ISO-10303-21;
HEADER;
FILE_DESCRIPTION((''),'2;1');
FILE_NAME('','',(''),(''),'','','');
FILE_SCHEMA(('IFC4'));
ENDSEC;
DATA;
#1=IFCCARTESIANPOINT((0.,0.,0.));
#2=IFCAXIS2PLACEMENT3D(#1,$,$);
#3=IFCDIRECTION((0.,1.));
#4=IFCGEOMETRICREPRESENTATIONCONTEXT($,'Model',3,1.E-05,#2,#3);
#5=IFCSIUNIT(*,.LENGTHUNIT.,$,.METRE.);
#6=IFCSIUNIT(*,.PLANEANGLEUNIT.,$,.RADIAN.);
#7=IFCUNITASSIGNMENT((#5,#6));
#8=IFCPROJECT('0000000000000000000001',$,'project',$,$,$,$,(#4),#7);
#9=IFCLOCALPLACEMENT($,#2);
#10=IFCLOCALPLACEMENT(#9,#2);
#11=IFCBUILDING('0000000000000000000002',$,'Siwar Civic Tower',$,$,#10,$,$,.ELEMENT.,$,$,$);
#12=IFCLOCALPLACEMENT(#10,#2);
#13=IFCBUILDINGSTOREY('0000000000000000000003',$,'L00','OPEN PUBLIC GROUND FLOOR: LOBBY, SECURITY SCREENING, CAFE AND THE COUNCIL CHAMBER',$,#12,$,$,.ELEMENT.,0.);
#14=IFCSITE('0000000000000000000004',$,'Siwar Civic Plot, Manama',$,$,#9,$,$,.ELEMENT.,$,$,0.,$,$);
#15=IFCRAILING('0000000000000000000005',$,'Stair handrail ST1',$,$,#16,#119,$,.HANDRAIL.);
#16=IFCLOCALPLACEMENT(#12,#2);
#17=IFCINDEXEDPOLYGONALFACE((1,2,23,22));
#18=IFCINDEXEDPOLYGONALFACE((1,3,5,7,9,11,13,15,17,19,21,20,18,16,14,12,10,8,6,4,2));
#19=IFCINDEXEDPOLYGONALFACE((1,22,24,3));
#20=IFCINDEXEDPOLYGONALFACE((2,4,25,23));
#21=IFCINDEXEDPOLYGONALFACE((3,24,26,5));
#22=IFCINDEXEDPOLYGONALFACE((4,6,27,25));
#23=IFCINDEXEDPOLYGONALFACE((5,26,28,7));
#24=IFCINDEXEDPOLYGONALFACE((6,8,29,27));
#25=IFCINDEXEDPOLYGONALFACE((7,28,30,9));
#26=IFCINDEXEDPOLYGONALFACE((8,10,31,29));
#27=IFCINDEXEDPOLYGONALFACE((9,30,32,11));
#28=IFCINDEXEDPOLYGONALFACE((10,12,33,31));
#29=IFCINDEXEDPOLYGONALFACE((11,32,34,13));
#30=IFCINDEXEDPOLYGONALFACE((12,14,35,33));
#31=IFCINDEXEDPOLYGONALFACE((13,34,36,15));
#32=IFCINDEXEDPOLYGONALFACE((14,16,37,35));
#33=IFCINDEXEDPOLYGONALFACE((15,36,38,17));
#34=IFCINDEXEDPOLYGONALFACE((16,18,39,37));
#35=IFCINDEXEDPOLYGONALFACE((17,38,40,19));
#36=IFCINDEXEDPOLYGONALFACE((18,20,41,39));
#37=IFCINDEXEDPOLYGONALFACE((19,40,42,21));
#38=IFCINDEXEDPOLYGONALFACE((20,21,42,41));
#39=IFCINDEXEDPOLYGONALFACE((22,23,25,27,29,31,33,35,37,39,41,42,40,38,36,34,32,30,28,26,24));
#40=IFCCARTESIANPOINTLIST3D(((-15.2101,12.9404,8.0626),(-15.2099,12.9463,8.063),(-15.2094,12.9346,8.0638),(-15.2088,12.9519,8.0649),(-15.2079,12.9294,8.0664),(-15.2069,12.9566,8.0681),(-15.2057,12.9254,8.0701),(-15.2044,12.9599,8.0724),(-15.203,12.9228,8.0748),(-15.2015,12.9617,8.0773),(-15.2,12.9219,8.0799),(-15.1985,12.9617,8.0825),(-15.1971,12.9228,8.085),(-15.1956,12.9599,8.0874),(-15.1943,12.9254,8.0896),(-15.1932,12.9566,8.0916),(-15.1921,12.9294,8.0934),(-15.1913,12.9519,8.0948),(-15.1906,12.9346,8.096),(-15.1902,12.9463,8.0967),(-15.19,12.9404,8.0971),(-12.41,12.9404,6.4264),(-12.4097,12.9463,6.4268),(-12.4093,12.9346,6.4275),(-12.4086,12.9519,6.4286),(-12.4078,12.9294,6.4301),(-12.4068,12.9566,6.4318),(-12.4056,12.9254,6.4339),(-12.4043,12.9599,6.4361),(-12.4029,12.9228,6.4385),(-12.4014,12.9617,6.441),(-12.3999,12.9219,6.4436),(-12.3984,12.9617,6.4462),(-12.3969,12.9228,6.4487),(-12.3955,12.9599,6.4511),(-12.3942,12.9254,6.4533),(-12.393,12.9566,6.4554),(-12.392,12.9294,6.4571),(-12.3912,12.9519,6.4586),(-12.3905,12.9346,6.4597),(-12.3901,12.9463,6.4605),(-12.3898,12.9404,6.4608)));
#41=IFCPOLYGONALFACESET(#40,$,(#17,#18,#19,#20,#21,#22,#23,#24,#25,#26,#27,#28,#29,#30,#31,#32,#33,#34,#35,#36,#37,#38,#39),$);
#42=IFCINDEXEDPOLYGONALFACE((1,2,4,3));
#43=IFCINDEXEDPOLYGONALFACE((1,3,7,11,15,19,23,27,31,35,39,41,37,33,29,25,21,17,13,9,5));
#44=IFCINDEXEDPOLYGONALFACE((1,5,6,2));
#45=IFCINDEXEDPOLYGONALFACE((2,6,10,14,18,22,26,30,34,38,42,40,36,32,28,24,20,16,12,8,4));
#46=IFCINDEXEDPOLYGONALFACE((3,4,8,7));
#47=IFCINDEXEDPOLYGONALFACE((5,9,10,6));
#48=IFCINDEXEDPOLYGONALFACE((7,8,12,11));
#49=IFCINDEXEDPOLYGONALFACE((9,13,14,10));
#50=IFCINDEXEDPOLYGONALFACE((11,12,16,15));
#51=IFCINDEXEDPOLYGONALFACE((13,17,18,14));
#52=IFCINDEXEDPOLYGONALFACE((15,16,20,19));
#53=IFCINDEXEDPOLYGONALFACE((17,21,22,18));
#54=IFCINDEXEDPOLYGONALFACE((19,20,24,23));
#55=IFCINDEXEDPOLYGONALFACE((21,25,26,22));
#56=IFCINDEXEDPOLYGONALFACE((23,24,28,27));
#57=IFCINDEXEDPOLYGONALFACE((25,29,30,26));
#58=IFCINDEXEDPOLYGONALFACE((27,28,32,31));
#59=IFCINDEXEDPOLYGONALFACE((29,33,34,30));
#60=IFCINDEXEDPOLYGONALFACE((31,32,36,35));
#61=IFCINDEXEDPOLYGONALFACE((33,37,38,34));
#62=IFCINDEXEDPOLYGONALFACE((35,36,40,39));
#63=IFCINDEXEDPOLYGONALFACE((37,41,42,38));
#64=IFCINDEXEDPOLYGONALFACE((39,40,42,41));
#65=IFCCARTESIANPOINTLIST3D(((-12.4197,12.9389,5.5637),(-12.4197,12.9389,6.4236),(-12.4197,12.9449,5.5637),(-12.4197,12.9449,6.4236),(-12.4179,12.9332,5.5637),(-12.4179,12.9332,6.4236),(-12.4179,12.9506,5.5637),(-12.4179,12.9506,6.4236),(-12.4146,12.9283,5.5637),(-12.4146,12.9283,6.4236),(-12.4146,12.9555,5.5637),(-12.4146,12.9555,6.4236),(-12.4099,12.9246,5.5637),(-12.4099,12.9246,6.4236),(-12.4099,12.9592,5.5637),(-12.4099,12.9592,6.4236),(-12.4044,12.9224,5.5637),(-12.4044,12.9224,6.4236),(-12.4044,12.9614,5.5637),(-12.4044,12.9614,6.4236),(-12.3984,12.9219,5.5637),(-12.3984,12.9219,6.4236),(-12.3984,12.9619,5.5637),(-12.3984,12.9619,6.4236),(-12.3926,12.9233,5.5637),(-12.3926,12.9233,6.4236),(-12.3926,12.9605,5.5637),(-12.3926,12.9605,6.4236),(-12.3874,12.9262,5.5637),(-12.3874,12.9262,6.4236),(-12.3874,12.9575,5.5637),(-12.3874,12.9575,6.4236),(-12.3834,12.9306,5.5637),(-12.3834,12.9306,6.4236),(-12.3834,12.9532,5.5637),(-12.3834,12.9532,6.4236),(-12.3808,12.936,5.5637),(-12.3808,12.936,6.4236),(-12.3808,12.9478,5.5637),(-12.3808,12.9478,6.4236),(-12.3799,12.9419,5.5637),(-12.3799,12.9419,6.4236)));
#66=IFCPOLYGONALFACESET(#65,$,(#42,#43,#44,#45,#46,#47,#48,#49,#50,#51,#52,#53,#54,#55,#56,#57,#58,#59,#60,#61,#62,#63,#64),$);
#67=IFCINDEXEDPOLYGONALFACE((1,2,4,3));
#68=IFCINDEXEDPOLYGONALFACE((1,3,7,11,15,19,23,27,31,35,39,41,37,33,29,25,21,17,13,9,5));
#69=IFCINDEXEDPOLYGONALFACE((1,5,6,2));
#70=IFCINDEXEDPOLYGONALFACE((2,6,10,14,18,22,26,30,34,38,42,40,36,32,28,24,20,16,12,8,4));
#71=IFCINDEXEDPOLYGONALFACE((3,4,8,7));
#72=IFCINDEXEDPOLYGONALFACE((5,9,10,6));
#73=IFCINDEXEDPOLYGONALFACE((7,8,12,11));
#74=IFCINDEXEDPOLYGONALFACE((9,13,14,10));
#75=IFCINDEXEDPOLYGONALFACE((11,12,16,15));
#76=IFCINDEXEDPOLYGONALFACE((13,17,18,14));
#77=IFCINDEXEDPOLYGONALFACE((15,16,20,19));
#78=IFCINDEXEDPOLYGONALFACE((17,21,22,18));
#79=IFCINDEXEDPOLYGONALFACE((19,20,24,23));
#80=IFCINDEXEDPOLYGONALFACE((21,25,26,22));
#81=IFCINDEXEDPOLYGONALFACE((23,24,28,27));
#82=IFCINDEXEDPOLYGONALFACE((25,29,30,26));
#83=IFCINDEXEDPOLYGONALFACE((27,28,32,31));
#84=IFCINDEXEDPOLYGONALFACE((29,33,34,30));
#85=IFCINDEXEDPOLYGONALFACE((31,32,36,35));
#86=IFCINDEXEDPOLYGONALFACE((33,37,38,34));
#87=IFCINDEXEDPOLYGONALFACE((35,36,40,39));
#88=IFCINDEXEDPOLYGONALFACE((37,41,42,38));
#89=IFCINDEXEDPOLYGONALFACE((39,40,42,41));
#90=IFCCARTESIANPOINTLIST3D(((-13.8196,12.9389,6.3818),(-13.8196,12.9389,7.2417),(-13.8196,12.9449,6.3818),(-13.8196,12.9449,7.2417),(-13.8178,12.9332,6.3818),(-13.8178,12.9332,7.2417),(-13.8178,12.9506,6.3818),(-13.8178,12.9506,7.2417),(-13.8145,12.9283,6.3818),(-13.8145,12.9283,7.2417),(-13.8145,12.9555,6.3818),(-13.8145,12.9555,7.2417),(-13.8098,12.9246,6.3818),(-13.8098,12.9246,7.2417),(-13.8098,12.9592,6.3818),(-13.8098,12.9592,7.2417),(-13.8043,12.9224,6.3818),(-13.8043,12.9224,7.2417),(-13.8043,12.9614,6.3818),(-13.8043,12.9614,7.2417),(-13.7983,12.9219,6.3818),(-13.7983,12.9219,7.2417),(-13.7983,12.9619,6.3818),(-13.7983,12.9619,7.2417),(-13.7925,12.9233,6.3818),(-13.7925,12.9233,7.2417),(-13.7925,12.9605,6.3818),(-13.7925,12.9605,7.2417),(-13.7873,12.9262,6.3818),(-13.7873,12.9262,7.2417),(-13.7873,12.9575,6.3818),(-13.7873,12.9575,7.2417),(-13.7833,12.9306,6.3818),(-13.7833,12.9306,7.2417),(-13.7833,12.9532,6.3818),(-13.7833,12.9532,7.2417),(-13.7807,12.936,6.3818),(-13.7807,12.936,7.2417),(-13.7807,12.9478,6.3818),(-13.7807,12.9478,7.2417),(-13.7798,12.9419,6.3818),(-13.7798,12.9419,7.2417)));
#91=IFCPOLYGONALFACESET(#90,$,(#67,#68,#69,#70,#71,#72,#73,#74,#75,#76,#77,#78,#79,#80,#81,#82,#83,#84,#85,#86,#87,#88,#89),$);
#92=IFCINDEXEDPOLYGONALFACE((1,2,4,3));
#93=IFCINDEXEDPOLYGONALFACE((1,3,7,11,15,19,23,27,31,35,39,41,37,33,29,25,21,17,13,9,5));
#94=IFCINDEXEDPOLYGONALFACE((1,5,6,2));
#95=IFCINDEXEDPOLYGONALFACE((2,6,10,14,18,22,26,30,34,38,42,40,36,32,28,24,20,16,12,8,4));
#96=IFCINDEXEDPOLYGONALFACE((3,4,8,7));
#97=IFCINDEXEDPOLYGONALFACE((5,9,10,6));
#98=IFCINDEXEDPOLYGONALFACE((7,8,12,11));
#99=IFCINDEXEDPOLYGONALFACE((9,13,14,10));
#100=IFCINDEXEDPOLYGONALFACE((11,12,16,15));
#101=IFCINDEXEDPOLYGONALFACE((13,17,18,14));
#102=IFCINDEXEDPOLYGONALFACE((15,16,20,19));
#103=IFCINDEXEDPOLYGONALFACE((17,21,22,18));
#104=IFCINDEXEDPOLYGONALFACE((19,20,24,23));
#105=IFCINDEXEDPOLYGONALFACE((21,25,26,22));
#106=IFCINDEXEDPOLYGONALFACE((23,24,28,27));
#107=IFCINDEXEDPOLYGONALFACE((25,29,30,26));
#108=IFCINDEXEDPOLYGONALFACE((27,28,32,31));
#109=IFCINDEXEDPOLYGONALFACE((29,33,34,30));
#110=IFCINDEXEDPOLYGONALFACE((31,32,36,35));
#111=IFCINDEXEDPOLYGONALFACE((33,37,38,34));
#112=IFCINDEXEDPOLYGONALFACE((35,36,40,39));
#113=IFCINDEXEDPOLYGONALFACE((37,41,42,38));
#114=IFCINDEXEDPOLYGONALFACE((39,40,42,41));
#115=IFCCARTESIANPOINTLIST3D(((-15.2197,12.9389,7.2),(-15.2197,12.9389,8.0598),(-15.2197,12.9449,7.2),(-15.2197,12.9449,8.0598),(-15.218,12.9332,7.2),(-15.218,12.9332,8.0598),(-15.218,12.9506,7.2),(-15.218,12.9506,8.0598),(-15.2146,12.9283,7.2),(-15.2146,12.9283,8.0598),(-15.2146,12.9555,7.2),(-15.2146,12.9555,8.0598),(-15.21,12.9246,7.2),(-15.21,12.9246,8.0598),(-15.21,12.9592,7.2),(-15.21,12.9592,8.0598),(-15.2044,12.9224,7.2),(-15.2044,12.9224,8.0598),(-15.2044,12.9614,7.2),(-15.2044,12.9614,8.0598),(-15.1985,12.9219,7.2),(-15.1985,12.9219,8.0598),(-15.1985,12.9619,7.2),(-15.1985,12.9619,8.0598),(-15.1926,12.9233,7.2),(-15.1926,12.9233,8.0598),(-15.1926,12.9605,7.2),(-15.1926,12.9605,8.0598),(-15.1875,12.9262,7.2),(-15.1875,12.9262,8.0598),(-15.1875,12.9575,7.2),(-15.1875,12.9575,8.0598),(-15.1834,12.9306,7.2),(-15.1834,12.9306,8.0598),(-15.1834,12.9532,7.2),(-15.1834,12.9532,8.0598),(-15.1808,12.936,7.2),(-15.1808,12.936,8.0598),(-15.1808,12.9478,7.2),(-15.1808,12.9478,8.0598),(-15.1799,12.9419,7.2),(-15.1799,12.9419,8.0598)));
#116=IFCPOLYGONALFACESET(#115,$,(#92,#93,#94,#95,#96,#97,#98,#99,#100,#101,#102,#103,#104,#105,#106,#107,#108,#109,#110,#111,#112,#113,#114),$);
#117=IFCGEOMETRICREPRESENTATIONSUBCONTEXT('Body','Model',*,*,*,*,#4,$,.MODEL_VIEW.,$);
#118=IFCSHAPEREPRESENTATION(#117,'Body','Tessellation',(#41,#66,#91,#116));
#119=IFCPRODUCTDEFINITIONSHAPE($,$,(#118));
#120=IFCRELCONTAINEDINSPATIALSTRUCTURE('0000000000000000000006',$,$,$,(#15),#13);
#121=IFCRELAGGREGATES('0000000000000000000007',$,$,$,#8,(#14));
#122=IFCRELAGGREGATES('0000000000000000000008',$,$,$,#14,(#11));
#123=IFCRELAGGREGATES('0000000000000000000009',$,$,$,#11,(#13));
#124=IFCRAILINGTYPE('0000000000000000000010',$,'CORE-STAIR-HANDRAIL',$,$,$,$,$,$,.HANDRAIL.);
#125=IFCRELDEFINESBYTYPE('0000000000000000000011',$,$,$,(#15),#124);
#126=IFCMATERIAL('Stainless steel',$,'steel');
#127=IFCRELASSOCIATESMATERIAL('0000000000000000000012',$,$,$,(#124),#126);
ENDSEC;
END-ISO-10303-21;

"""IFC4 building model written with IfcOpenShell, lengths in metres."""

from ifc_helpers import new_model, si_unit, direction, frame, origin, origin_2d, place, context, subcontext, project, spatial, circle, extrude, material, type_object, element, save


model = new_model("IFC4")

# Units and contexts
model_context = context("Model", 3, precision=1e-05, world=origin(), true_north=direction((0.0, 1.0)))
body_context = subcontext(model_context, "Body", "Model", "MODEL_VIEW")
ifc_project = project(units=[si_unit("LENGTHUNIT", "METRE"), si_unit("PLANEANGLEUNIT", "RADIAN")], contexts=[model_context])

# Site, building, storey
site_placement = place(None, origin())
site = spatial("IfcSite", under=ifc_project, at=site_placement, Name="Siwar Civic Plot, Manama", CompositionType="ELEMENT", RefElevation=0.0)
building_placement = place(site_placement, origin())
building = spatial("IfcBuilding", under=site, at=building_placement, Name="Siwar Civic Tower", CompositionType="ELEMENT")
storey_placement = place(building_placement, origin())
storey = spatial("IfcBuildingStorey", under=building, at=storey_placement, Name="L00", Description="OPEN PUBLIC GROUND FLOOR: LOBBY, SECURITY SCREENING, CAFE AND THE COUNCIL CHAMBER", CompositionType="ELEMENT", Elevation=0.0)

# Railing
ifc_material_1 = material(Name="Stainless steel", Category="steel")
railing_type = type_object("IfcRailingType", Name="CORE-STAIR-HANDRAIL", PredefinedType="HANDRAIL", material=ifc_material_1)
railing_1_placement = place(storey_placement, frame((-12.3999, 12.9419, 5.5637)))
element("IfcRailing", 1, at=railing_1_placement, inside=storey, type_object=railing_type, Name="Stair handrail ST1", PredefinedType="HANDRAIL", context=body_context, shape_type="SweptSolid", body=[
    extrude(circle(Radius=0.02, at=origin_2d()), frame((0.0, 0.0, 0.8799), z_axis=(-0.863394, 0.0, 0.504531), x_axis=(0.0, -1.0, 0.0)), (0.0, 0.0, 1.0), 3.2432),
    extrude(circle(Radius=0.02, at=origin_2d()), origin(), (0.0, 0.0, 1.0), 0.8599),
    extrude(circle(Radius=0.02, at=origin_2d()), frame((-1.3999, 0.0, 0.8181)), (0.0, 0.0, 1.0), 0.8599),
    extrude(circle(Radius=0.02, at=origin_2d()), frame((-2.8, 0.0, 1.6362)), (0.0, 0.0, 1.0), 0.8599),
])

save(model, "model.ifc")
